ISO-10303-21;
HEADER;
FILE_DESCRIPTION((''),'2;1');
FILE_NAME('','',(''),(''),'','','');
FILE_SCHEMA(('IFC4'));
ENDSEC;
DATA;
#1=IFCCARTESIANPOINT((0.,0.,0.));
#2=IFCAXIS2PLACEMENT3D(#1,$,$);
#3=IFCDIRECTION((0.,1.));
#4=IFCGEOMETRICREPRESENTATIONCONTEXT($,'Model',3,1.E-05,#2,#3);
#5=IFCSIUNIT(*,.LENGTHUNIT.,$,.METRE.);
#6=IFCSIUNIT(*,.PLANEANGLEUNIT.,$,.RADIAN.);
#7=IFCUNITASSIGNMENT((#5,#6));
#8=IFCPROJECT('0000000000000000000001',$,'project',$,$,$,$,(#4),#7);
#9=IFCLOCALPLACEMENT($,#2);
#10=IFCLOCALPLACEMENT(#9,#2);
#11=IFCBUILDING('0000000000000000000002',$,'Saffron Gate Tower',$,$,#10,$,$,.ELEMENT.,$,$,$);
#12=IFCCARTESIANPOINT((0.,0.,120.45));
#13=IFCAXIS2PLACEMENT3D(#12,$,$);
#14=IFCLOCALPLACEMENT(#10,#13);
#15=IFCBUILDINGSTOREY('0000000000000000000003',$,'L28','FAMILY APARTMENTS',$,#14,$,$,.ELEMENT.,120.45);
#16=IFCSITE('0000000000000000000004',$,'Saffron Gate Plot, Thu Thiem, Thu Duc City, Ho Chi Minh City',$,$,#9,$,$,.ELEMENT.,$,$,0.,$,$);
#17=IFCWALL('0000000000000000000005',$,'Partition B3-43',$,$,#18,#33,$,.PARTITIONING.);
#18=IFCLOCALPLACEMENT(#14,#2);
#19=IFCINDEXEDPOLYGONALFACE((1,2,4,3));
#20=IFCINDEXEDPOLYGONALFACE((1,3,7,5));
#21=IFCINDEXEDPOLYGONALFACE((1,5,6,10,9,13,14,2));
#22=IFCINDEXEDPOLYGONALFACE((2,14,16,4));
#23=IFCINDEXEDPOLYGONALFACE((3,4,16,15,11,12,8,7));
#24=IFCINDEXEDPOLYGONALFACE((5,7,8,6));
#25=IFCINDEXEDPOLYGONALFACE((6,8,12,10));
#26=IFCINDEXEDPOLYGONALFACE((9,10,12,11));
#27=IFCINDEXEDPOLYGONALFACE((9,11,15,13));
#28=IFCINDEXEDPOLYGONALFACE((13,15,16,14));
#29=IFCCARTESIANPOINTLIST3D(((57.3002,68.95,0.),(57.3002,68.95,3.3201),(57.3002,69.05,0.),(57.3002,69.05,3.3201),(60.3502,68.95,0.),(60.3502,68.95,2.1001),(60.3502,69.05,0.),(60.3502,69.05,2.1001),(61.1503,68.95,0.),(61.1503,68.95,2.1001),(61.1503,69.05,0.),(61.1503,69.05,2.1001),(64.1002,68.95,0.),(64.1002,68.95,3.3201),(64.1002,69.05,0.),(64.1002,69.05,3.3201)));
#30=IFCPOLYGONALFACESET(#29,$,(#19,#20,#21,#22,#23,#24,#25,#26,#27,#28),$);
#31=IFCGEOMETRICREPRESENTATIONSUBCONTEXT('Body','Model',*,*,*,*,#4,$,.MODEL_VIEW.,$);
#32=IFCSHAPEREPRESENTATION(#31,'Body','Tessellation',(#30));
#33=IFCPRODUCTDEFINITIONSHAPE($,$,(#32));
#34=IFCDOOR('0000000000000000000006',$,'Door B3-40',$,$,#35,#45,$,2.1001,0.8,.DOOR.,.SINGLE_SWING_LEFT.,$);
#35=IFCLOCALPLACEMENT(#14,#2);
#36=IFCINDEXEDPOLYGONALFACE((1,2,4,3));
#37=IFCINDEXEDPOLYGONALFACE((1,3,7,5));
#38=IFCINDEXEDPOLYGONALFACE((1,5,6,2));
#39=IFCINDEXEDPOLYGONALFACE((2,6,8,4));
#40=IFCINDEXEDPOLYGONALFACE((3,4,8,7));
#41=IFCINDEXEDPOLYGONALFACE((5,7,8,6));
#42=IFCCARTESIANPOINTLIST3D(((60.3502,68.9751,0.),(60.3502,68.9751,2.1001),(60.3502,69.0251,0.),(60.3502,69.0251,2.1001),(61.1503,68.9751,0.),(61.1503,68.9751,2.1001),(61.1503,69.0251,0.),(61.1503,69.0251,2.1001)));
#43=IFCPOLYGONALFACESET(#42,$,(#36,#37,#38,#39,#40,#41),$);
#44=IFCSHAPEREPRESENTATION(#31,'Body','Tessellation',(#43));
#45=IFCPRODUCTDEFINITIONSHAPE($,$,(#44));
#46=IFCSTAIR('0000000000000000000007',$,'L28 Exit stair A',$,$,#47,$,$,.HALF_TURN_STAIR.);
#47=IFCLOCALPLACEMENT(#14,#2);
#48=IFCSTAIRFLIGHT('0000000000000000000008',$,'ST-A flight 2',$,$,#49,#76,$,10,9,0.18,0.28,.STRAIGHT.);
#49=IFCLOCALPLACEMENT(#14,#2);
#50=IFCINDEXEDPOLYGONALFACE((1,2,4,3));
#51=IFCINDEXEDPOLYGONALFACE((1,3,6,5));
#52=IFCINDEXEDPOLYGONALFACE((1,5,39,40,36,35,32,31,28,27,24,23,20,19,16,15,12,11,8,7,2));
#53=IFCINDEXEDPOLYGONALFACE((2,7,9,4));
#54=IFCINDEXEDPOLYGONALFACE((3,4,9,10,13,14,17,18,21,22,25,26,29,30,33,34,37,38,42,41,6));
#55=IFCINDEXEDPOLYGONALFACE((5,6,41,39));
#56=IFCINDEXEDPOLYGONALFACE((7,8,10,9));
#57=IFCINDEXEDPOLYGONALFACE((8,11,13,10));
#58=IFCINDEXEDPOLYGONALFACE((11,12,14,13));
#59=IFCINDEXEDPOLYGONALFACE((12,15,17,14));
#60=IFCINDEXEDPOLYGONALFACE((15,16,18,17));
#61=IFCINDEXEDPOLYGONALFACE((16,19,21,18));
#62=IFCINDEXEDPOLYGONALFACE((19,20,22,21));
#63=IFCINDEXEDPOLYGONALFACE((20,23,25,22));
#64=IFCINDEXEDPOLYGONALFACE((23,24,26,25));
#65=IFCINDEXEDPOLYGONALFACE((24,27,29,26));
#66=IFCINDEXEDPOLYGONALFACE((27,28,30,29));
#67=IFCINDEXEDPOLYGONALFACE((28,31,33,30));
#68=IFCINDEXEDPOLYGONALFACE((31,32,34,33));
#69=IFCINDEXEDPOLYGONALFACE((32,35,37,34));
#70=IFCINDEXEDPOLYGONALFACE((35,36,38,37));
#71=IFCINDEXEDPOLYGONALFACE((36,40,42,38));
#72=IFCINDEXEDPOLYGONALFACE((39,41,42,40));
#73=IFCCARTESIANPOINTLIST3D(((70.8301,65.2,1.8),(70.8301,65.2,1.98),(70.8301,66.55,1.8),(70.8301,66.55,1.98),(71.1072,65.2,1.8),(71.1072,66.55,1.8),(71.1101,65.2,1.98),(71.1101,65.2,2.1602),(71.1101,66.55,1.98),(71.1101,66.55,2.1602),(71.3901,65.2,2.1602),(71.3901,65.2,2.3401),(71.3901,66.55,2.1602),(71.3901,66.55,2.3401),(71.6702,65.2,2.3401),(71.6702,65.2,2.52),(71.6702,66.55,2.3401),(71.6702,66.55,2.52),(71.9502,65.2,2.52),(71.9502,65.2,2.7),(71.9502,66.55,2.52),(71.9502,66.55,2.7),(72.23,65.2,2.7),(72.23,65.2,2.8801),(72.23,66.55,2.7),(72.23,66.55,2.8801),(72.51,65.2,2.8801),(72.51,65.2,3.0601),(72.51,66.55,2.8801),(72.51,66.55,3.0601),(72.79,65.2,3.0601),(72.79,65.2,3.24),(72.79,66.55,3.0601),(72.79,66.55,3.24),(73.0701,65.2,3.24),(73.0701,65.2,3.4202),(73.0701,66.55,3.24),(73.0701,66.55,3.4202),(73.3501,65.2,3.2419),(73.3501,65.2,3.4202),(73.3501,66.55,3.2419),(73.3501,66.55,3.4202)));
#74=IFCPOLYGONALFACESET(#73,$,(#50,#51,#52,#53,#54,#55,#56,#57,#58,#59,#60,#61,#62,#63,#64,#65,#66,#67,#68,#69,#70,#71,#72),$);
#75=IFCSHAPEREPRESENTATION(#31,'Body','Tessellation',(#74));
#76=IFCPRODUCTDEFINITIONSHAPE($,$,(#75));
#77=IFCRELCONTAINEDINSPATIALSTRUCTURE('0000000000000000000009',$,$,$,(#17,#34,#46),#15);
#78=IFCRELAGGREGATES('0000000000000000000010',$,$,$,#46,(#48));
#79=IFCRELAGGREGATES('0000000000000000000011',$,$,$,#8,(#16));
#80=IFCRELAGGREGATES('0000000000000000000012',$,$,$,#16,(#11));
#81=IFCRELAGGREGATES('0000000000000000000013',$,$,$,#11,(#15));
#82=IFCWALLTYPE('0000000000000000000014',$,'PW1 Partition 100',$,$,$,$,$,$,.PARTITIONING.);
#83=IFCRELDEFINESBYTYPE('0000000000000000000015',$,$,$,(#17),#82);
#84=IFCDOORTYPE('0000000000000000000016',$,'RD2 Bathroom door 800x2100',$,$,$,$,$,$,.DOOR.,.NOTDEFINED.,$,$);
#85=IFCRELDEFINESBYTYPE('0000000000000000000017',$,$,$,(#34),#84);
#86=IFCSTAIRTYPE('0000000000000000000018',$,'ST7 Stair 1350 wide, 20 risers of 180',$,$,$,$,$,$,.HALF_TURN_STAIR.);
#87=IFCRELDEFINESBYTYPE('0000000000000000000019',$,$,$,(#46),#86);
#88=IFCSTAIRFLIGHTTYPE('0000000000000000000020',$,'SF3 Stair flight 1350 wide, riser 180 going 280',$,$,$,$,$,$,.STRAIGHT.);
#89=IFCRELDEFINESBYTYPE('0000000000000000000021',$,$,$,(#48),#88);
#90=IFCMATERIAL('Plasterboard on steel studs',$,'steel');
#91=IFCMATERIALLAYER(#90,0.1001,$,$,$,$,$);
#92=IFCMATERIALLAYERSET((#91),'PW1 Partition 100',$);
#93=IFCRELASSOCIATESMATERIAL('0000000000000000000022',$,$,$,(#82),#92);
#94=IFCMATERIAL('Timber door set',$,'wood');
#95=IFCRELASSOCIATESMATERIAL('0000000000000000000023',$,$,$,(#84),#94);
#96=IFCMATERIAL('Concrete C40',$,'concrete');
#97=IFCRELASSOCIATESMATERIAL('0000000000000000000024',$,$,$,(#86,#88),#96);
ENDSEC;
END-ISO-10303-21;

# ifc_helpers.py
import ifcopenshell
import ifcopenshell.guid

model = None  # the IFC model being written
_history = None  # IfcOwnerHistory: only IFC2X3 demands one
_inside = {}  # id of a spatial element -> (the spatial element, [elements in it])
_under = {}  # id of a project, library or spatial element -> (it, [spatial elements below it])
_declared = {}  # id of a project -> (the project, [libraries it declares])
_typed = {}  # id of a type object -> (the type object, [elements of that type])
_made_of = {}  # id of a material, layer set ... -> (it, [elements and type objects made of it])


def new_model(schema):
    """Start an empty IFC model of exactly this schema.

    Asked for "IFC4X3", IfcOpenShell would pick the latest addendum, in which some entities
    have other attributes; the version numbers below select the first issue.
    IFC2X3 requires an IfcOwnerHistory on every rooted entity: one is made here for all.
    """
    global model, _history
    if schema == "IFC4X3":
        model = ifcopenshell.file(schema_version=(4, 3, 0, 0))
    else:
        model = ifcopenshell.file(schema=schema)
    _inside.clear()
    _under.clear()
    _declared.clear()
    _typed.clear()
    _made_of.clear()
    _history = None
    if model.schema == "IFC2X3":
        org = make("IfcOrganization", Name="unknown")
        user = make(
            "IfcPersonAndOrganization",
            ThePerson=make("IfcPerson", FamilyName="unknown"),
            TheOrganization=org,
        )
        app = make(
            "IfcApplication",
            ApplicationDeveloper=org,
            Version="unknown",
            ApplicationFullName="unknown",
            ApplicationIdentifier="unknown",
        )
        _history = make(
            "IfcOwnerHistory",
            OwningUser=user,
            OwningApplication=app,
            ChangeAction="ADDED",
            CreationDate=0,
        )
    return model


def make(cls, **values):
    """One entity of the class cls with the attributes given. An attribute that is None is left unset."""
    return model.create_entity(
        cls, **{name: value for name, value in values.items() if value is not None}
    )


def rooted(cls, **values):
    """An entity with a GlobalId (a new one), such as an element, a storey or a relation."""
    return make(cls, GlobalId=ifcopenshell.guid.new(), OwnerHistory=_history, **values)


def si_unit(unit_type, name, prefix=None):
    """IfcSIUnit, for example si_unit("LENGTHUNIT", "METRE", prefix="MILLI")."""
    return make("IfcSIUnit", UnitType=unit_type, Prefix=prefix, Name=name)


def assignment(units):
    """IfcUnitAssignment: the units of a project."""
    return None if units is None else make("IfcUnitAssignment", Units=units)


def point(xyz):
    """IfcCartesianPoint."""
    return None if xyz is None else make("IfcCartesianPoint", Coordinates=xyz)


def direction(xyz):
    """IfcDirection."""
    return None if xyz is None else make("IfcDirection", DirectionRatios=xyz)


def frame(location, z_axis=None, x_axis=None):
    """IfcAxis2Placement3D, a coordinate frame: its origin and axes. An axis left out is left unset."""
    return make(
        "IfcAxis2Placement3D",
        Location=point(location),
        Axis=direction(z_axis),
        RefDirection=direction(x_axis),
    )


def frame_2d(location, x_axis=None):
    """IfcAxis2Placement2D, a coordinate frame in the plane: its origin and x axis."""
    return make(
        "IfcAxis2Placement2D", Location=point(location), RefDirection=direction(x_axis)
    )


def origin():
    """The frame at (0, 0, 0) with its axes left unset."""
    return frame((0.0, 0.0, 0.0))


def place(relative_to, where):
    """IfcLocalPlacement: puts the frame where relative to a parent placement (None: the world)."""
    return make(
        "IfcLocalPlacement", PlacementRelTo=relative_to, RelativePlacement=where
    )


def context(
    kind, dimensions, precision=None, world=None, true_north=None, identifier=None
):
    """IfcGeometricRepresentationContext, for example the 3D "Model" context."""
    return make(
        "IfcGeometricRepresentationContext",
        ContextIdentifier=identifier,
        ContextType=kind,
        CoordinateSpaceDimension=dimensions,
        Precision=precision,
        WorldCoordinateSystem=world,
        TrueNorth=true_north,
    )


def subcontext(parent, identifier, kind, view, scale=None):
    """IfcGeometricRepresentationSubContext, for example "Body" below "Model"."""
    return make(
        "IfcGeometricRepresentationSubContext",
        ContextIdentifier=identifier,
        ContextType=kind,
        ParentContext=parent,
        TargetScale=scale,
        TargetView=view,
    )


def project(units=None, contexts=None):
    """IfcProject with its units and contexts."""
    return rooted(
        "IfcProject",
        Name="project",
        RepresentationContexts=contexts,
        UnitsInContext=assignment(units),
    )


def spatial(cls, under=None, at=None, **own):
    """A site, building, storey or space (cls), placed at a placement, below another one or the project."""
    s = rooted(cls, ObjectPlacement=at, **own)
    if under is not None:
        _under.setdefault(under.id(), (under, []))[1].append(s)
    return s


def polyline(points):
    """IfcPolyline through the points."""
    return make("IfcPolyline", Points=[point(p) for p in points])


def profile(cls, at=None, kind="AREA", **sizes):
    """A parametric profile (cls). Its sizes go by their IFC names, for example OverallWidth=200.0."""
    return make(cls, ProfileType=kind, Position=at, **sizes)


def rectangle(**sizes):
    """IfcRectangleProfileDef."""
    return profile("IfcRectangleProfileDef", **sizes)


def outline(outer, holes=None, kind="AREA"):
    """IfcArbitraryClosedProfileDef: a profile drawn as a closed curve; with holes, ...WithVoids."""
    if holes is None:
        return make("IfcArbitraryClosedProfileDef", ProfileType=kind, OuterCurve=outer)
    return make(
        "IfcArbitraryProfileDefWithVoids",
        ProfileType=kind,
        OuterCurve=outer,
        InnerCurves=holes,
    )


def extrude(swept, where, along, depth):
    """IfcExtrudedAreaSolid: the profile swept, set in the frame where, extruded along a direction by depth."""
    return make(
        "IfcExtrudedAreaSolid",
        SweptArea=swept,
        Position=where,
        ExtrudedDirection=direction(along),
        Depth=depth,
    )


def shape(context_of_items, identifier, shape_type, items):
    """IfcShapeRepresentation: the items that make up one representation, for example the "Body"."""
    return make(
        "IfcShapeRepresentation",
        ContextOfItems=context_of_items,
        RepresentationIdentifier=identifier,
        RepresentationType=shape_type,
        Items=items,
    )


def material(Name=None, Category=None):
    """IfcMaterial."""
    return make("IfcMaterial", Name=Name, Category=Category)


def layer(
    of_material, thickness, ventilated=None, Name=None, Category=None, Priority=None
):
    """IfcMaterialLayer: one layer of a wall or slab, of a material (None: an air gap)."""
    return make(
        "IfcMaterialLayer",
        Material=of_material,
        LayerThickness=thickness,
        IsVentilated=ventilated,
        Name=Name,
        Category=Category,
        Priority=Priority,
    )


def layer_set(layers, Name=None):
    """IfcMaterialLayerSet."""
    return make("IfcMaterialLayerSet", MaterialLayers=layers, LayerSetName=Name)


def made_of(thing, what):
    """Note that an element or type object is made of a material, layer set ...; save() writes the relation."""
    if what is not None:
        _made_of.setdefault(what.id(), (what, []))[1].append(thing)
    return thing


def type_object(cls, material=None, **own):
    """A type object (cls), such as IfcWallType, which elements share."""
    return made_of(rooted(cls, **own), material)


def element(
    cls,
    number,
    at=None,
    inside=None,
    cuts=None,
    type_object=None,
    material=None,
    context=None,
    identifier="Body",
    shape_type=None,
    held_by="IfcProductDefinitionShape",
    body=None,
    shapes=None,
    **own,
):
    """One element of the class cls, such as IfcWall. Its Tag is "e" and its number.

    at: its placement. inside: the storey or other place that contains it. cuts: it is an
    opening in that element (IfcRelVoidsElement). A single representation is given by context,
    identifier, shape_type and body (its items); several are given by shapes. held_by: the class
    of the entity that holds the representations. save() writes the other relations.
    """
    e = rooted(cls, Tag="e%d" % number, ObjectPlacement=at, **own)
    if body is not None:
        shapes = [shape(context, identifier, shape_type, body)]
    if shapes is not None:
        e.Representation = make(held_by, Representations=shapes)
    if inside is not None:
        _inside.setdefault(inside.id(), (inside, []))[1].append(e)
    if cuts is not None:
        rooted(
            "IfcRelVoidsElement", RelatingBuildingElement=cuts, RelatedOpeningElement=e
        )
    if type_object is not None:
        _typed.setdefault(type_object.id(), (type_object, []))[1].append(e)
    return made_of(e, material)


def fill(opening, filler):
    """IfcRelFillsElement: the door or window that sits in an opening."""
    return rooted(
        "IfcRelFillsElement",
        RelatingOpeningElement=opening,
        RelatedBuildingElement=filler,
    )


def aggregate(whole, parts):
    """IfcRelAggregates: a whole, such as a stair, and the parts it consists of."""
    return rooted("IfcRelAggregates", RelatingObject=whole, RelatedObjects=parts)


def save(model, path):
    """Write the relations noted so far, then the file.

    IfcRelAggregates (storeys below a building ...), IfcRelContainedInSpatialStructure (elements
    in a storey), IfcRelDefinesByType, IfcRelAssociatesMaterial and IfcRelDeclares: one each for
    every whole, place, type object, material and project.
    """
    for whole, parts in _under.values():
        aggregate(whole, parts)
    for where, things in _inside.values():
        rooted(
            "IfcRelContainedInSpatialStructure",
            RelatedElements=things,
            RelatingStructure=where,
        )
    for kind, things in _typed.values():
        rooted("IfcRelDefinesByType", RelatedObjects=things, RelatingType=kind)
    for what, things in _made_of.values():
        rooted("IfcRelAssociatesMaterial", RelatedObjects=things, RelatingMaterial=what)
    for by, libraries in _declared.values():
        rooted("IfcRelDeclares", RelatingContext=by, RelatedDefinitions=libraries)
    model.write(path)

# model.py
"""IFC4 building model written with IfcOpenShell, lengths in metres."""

from ifc_helpers import new_model, si_unit, direction, frame, frame_2d, origin, place, context, subcontext, project, spatial, polyline, rectangle, outline, extrude, material, layer, layer_set, type_object, element, fill, aggregate, save


model = new_model("IFC4")

# Units and contexts
model_context = context("Model", 3, precision=1e-05, world=origin(), true_north=direction((0.0, 1.0)))
body_context = subcontext(model_context, "Body", "Model", "MODEL_VIEW")
ifc_project = project(units=[si_unit("LENGTHUNIT", "METRE"), si_unit("PLANEANGLEUNIT", "RADIAN")], contexts=[model_context])

# Site, building, storey
site_placement = place(None, origin())
site = spatial("IfcSite", under=ifc_project, at=site_placement, Name="Saffron Gate Plot, Thu Thiem, Thu Duc City, Ho Chi Minh City", CompositionType="ELEMENT", RefElevation=0.0)
building_placement = place(site_placement, origin())
building = spatial("IfcBuilding", under=site, at=building_placement, Name="Saffron Gate Tower", CompositionType="ELEMENT")
storey_placement = place(building_placement, frame((0.0, 0.0, 120.45)))
storey = spatial("IfcBuildingStorey", under=building, at=storey_placement, Name="L28", Description="FAMILY APARTMENTS", CompositionType="ELEMENT", Elevation=120.45)

# Wall, opening, door
ifc_material_1 = material(Name="Plasterboard on steel studs", Category="steel")
ifc_layer_1 = layer(ifc_material_1, 0.1001)
ifc_layer_set_1 = layer_set([ifc_layer_1], Name="PW1 Partition 100")
wall_type_1 = type_object("IfcWallType", Name="PW1 Partition 100", PredefinedType="PARTITIONING", material=ifc_layer_set_1)
wall_1_placement = place(storey_placement, frame((64.1001, 69.0, 0.0), z_axis=(0.0, 0.0, 1.0), x_axis=(-1.0, 0.0, 0.0)))
wall_1 = element("IfcWall", 1, at=wall_1_placement, inside=storey, type_object=wall_type_1, Name="Partition B3-43", PredefinedType="PARTITIONING", context=body_context, shape_type="SweptSolid", body=[
    extrude(rectangle(XDim=6.8, YDim=0.1001, at=frame_2d((3.3999, 0.0))), origin(), (0.0, 0.0, 1.0), 3.3201),
])
opening_1_placement = place(wall_1_placement, frame((2.95, 0.0, 0.0)))
opening_1 = element("IfcOpeningElement", 2, at=opening_1_placement, cuts=wall_1, PredefinedType="OPENING", context=body_context, shape_type="SweptSolid", body=[
    extrude(rectangle(XDim=0.8, YDim=2.1001, at=frame_2d((0.3999, 1.05))), frame((0.0, 0.0601, 0.0), z_axis=(0.0, -1.0, 0.0), x_axis=(1.0, 0.0, 0.0)), (0.0, 0.0, 1.0), 0.1201),
])
ifc_material_2 = material(Name="Timber door set", Category="wood")
door_type_1 = type_object("IfcDoorType", Name="RD2 Bathroom door 800x2100", OperationType="NOTDEFINED", PredefinedType="DOOR", material=ifc_material_2)
door_1_placement = place(opening_1_placement, origin())
door_1 = element("IfcDoor", 3, at=door_1_placement, inside=storey, type_object=door_type_1, Name="Door B3-40", OperationType="SINGLE_SWING_LEFT", OverallHeight=2.1001, OverallWidth=0.8, PredefinedType="DOOR", context=body_context, shape_type="SweptSolid", body=[
    extrude(rectangle(XDim=0.8, YDim=2.1001, at=frame_2d((0.3999, 1.05))), frame((0.0, 0.0249, 0.0), z_axis=(0.0, -1.0, 0.0), x_axis=(1.0, 0.0, 0.0)), (0.0, 0.0, 1.0), 0.05),
])
fill(opening_1, door_1)

# Stair, stair flight
ifc_material_3 = material(Name="Concrete C40", Category="concrete")
stair_type = type_object("IfcStairType", Name="ST7 Stair 1350 wide, 20 risers of 180", PredefinedType="HALF_TURN_STAIR", material=ifc_material_3)
stair_placement = place(storey_placement, origin())
stair = element("IfcStair", 4, at=stair_placement, inside=storey, type_object=stair_type, Name="L28 Exit stair A", PredefinedType="HALF_TURN_STAIR")
stair_flight_type = type_object("IfcStairFlightType", Name="SF3 Stair flight 1350 wide, riser 180 going 280", PredefinedType="STRAIGHT", material=ifc_material_3)
stair_flight_placement = place(storey_placement, frame((70.8301, 65.875, 1.8), z_axis=(0.0, 0.0, 1.0), x_axis=(1.0, 0.0, 0.0)))
stair_flight = element("IfcStairFlight", 5, at=stair_flight_placement, type_object=stair_flight_type, Name="ST-A flight 2", NumberOfRisers=10, NumberOfTreads=9, PredefinedType="STRAIGHT", RiserHeight=0.18, TreadLength=0.28, context=body_context, shape_type="SweptSolid", body=[
    extrude(outline(polyline([(0.0, 0.0), (0.0, 0.1799), (0.28, 0.1799), (0.28, 0.3601), (0.5601, 0.3601), (0.5601, 0.54), (0.8401, 0.54), (0.8401, 0.72), (1.1201, 0.72), (1.1201, 0.8999), (1.3999, 0.8999), (1.3999, 1.0801), (1.6799, 1.0801), (1.6799, 1.26), (1.96, 1.26), (1.96, 1.4399), (2.24, 1.4399), (2.24, 1.6201), (2.52, 1.6201), (2.52, 1.8), (2.52, 1.4419), (0.2771, 0.0), (0.0, 0.0)])), frame((0.0, 0.675, 0.0), z_axis=(0.0, -1.0, 0.0), x_axis=(1.0, 0.0, 0.0)), (0.0, 0.0, 1.0), 1.3501),
])
aggregate(stair, [stair_flight])

save(model, "model.ifc")
